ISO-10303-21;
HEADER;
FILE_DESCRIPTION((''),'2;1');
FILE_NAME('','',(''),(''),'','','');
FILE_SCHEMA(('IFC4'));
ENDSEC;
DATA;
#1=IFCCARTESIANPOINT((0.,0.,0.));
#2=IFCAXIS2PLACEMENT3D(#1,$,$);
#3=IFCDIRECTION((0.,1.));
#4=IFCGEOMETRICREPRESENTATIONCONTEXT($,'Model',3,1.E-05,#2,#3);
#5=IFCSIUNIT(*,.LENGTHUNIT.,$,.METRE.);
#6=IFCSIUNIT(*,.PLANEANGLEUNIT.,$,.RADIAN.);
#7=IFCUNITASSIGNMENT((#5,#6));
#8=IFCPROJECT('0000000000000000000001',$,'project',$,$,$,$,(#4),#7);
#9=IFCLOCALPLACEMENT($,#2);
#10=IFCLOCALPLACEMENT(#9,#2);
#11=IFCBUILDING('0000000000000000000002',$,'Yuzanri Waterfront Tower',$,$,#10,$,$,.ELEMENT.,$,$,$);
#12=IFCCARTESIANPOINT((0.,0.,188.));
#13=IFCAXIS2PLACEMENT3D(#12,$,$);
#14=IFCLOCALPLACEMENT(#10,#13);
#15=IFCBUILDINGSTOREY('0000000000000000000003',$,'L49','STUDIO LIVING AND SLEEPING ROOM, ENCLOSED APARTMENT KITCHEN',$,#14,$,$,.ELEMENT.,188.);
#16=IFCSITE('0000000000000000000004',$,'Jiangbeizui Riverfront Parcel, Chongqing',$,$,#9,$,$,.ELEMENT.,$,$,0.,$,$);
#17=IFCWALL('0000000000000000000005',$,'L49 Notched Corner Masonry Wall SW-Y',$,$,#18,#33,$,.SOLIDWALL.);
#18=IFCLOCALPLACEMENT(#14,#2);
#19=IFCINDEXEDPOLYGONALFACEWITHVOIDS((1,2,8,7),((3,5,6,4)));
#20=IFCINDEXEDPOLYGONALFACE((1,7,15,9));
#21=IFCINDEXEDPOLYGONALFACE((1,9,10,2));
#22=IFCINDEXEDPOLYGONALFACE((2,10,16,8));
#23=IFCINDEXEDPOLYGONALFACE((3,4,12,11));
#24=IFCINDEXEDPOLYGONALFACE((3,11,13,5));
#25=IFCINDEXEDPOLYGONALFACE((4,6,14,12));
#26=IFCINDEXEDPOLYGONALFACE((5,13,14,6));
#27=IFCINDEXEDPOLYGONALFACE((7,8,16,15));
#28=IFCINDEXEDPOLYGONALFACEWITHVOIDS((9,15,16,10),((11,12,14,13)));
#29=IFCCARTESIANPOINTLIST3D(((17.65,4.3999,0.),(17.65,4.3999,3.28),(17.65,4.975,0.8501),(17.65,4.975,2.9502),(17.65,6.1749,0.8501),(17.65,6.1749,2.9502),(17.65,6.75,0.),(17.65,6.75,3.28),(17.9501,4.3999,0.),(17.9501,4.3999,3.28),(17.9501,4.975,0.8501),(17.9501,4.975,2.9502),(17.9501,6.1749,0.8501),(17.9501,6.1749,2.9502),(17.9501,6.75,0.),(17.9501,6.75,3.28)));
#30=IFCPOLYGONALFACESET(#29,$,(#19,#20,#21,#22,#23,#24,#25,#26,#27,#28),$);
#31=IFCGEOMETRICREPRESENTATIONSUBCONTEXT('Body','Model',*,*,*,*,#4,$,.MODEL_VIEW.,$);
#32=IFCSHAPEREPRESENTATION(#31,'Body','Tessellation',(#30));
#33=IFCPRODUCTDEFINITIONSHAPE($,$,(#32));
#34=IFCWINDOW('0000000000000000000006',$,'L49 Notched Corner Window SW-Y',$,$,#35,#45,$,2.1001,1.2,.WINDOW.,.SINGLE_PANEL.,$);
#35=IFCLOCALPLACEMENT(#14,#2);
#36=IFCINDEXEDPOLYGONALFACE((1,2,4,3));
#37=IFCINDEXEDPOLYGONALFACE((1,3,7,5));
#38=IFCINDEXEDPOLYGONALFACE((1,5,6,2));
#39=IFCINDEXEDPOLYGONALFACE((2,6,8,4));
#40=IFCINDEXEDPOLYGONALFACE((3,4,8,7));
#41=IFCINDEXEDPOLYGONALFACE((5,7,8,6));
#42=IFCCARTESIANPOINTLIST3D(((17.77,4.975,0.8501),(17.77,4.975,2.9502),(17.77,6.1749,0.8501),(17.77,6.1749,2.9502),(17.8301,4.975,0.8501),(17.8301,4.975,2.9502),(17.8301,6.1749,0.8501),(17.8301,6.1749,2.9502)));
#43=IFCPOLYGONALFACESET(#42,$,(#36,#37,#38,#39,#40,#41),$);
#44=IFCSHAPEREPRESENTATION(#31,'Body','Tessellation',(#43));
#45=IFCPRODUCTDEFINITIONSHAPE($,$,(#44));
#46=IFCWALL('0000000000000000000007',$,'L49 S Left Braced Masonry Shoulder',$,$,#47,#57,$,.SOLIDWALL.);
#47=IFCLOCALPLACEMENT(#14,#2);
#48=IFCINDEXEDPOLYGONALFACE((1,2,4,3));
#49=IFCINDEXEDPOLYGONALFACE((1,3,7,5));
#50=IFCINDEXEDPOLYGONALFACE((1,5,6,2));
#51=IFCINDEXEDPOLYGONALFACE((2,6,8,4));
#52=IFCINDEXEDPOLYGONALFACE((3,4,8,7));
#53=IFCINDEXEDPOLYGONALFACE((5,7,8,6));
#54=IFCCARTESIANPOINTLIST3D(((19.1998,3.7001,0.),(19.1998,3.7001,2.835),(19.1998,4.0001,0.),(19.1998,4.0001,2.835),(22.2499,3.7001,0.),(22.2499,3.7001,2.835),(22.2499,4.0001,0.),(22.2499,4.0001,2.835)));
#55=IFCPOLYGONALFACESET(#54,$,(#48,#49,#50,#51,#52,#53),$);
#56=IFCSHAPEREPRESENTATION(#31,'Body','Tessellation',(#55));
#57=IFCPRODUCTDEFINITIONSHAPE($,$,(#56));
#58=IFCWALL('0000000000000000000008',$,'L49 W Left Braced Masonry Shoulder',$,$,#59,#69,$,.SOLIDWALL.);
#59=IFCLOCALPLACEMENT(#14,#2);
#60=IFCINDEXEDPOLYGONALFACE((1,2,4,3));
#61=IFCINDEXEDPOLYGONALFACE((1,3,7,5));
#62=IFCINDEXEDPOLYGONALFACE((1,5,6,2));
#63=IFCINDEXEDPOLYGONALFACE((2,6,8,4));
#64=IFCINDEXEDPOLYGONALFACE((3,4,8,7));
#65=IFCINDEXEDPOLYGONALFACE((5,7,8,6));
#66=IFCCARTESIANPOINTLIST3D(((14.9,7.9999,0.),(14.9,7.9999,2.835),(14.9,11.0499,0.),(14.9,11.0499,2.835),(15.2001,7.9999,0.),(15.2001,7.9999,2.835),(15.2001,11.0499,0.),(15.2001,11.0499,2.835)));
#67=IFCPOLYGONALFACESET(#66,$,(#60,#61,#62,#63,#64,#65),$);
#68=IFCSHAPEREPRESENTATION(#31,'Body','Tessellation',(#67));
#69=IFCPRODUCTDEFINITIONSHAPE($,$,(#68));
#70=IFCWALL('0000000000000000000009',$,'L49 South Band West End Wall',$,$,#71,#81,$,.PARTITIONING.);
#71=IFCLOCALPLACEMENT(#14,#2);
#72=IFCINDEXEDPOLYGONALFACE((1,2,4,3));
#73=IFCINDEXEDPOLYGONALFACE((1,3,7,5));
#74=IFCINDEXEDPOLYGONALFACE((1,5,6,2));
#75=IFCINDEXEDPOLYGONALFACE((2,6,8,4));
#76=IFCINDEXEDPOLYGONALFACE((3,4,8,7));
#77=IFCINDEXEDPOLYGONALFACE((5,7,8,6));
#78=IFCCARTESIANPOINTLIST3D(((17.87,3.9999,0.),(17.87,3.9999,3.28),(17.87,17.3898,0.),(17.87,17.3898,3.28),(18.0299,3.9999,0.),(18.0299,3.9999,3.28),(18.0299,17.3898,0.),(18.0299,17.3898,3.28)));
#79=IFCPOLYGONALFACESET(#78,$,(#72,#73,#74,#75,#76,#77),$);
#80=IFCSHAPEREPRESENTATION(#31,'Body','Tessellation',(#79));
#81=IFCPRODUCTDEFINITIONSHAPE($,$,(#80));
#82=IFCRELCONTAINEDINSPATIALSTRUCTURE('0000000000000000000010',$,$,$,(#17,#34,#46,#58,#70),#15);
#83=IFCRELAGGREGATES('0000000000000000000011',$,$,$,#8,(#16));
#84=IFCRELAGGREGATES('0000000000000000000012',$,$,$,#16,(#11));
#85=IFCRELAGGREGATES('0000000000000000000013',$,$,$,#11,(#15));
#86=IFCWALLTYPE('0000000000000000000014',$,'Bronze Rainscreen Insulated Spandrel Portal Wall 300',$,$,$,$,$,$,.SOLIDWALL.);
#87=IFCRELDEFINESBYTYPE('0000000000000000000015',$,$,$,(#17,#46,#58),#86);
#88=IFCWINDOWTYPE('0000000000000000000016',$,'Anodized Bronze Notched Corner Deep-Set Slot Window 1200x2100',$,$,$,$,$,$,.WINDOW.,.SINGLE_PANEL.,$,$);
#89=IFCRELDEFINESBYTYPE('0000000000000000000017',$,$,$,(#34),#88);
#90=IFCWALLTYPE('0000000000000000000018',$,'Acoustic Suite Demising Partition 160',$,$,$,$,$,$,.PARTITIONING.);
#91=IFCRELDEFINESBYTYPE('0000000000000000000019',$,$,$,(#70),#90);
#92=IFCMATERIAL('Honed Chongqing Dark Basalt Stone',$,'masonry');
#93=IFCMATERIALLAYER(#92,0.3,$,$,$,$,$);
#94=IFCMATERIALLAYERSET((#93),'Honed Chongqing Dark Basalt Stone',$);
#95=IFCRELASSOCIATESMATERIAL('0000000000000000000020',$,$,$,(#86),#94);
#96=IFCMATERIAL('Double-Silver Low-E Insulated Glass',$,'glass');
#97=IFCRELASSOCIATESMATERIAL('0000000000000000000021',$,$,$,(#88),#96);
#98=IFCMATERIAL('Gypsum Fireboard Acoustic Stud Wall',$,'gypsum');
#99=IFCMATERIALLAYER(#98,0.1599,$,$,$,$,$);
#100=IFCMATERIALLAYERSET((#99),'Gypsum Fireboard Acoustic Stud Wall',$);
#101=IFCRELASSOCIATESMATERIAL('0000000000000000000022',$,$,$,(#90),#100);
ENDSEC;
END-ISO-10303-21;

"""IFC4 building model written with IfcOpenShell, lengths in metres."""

from ifc_helpers import new_model, si_unit, direction, frame, frame_2d, origin, place, context, subcontext, project, spatial, rectangle, extrude, source, transform, mapped, material, layer, layer_set, type_object, element, fill, save


model = new_model("IFC4")

# Units and contexts
model_context = context("Model", 3, precision=1e-05, world=origin(), true_north=direction((0.0, 1.0)))
body_context = subcontext(model_context, "Body", "Model", "MODEL_VIEW")
ifc_project = project(units=[si_unit("LENGTHUNIT", "METRE"), si_unit("PLANEANGLEUNIT", "RADIAN")], contexts=[model_context])

# Site, building, storey
site_placement = place(None, origin())
site = spatial("IfcSite", under=ifc_project, at=site_placement, Name="Jiangbeizui Riverfront Parcel, Chongqing", CompositionType="ELEMENT", RefElevation=0.0)
building_placement = place(site_placement, origin())
building = spatial("IfcBuilding", under=site, at=building_placement, Name="Yuzanri Waterfront Tower", CompositionType="ELEMENT")
storey_placement = place(building_placement, frame((0.0, 0.0, 188.0)))
storey = spatial("IfcBuildingStorey", under=building, at=storey_placement, Name="L49", Description="STUDIO LIVING AND SLEEPING ROOM, ENCLOSED APARTMENT KITCHEN", CompositionType="ELEMENT", Elevation=188.0)

# Wall, opening, window
ifc_material_1 = material(Name="Honed Chongqing Dark Basalt Stone", Category="masonry")
ifc_layer_1 = layer(ifc_material_1, 0.3)
ifc_layer_set_1 = layer_set([ifc_layer_1], Name="Honed Chongqing Dark Basalt Stone")
wall_type_1 = type_object("IfcWallType", Name="Bronze Rainscreen Insulated Spandrel Portal Wall 300", PredefinedType="SOLIDWALL", material=ifc_layer_set_1)
wall_1_placement = place(storey_placement, frame((17.8, 6.75, 0.0), z_axis=(0.0, 0.0, 1.0), x_axis=(0.0, -1.0, 0.0)))
wall_1 = element("IfcWall", 1, at=wall_1_placement, inside=storey, type_object=wall_type_1, Name="L49 Notched Corner Masonry Wall SW-Y", PredefinedType="SOLIDWALL", context=body_context, shape_type="SweptSolid", body=[
    extrude(rectangle(XDim=2.3501, YDim=0.3, at=frame_2d((1.175, 0.0))), origin(), (0.0, 0.0, 1.0), 3.28),
])
opening_1_placement = place(wall_1_placement, frame((0.575, 0.0, 0.8501)))
opening_1 = element("IfcOpeningElement", 2, at=opening_1_placement, cuts=wall_1, PredefinedType="OPENING", context=body_context, shape_type="SweptSolid", body=[
    extrude(rectangle(XDim=1.2, YDim=2.1001, at=frame_2d((0.6001, 1.05))), frame((0.0, 0.165, 0.0), z_axis=(0.0, -1.0, 0.0), x_axis=(1.0, 0.0, 0.0)), (0.0, 0.0, 1.0), 0.3298),
])
ifc_material_2 = material(Name="Double-Silver Low-E Insulated Glass", Category="glass")
window_type_1 = type_object("IfcWindowType", Name="Anodized Bronze Notched Corner Deep-Set Slot Window 1200x2100", PartitioningType="SINGLE_PANEL", PredefinedType="WINDOW", material=ifc_material_2)
shared_shape_1 = source(origin(), body_context, "Body", "SweptSolid", [
    extrude(rectangle(XDim=1.2, YDim=2.1001, at=frame_2d((0.6001, 1.05))), frame((0.0, 0.03, 0.0), z_axis=(0.0, -1.0, 0.0), x_axis=(1.0, 0.0, 0.0)), (0.0, 0.0, 1.0), 0.0601),
])
window_1_placement = place(opening_1_placement, origin())
window_1 = element("IfcWindow", 3, at=window_1_placement, inside=storey, type_object=window_type_1, Name="L49 Notched Corner Window SW-Y", OverallHeight=2.1001, OverallWidth=1.2, PartitioningType="SINGLE_PANEL", PredefinedType="WINDOW", context=body_context, shape_type="MappedRepresentation", body=[
    mapped(shared_shape_1, transform((0.0, 0.0, 0.0), scale=1.0)),
])
fill(opening_1, window_1)

# Walls
shared_shape_2 = source(origin(), body_context, "Body", "SweptSolid", [
    extrude(rectangle(XDim=3.05, YDim=0.3, at=frame_2d((1.5249, 0.0))), origin(), (0.0, 0.0, 1.0), 2.835),
])
for number, where, z_axis, x_axis, name in (
    (4, (19.2, 3.8501, 0.0), (0.0, 0.0, 1.0), (1.0, 0.0, 0.0), "L49 S Left Braced Masonry Shoulder"),
    (5, (15.05, 8.0, 0.0), (0.0, 0.0, 1.0), (0.0, 1.0, 0.0), "L49 W Left Braced Masonry Shoulder"),
):
    element("IfcWall", number, at=place(storey_placement, frame(where, z_axis=z_axis, x_axis=x_axis)), inside=storey, type_object=wall_type_1, Name=name, PredefinedType="SOLIDWALL", context=body_context, shape_type="MappedRepresentation", body=[
        mapped(shared_shape_2, transform((0.0, 0.0, 0.0), scale=1.0)),
    ])
ifc_material_3 = material(Name="Gypsum Fireboard Acoustic Stud Wall", Category="gypsum")
ifc_layer_2 = layer(ifc_material_3, 0.1599)
ifc_layer_set_2 = layer_set([ifc_layer_2], Name="Gypsum Fireboard Acoustic Stud Wall")
wall_type_2 = type_object("IfcWallType", Name="Acoustic Suite Demising Partition 160", PredefinedType="PARTITIONING", material=ifc_layer_set_2)
shared_shape_3 = source(origin(), body_context, "Body", "SweptSolid", [
    extrude(rectangle(XDim=13.3899, YDim=0.1599, at=frame_2d((6.6948, 0.0))), origin(), (0.0, 0.0, 1.0), 3.28),
])
wall_2_placement = place(storey_placement, frame((17.95, 4.0, 0.0), z_axis=(0.0, 0.0, 1.0), x_axis=(0.0, 1.0, 0.0)))
element("IfcWall", 6, at=wall_2_placement, inside=storey, type_object=wall_type_2, Name="L49 South Band West End Wall", PredefinedType="PARTITIONING", context=body_context, shape_type="MappedRepresentation", body=[
    mapped(shared_shape_3, transform((0.0, 0.0, 0.0), scale=1.0)),
])

save(model, "model.ifc")
